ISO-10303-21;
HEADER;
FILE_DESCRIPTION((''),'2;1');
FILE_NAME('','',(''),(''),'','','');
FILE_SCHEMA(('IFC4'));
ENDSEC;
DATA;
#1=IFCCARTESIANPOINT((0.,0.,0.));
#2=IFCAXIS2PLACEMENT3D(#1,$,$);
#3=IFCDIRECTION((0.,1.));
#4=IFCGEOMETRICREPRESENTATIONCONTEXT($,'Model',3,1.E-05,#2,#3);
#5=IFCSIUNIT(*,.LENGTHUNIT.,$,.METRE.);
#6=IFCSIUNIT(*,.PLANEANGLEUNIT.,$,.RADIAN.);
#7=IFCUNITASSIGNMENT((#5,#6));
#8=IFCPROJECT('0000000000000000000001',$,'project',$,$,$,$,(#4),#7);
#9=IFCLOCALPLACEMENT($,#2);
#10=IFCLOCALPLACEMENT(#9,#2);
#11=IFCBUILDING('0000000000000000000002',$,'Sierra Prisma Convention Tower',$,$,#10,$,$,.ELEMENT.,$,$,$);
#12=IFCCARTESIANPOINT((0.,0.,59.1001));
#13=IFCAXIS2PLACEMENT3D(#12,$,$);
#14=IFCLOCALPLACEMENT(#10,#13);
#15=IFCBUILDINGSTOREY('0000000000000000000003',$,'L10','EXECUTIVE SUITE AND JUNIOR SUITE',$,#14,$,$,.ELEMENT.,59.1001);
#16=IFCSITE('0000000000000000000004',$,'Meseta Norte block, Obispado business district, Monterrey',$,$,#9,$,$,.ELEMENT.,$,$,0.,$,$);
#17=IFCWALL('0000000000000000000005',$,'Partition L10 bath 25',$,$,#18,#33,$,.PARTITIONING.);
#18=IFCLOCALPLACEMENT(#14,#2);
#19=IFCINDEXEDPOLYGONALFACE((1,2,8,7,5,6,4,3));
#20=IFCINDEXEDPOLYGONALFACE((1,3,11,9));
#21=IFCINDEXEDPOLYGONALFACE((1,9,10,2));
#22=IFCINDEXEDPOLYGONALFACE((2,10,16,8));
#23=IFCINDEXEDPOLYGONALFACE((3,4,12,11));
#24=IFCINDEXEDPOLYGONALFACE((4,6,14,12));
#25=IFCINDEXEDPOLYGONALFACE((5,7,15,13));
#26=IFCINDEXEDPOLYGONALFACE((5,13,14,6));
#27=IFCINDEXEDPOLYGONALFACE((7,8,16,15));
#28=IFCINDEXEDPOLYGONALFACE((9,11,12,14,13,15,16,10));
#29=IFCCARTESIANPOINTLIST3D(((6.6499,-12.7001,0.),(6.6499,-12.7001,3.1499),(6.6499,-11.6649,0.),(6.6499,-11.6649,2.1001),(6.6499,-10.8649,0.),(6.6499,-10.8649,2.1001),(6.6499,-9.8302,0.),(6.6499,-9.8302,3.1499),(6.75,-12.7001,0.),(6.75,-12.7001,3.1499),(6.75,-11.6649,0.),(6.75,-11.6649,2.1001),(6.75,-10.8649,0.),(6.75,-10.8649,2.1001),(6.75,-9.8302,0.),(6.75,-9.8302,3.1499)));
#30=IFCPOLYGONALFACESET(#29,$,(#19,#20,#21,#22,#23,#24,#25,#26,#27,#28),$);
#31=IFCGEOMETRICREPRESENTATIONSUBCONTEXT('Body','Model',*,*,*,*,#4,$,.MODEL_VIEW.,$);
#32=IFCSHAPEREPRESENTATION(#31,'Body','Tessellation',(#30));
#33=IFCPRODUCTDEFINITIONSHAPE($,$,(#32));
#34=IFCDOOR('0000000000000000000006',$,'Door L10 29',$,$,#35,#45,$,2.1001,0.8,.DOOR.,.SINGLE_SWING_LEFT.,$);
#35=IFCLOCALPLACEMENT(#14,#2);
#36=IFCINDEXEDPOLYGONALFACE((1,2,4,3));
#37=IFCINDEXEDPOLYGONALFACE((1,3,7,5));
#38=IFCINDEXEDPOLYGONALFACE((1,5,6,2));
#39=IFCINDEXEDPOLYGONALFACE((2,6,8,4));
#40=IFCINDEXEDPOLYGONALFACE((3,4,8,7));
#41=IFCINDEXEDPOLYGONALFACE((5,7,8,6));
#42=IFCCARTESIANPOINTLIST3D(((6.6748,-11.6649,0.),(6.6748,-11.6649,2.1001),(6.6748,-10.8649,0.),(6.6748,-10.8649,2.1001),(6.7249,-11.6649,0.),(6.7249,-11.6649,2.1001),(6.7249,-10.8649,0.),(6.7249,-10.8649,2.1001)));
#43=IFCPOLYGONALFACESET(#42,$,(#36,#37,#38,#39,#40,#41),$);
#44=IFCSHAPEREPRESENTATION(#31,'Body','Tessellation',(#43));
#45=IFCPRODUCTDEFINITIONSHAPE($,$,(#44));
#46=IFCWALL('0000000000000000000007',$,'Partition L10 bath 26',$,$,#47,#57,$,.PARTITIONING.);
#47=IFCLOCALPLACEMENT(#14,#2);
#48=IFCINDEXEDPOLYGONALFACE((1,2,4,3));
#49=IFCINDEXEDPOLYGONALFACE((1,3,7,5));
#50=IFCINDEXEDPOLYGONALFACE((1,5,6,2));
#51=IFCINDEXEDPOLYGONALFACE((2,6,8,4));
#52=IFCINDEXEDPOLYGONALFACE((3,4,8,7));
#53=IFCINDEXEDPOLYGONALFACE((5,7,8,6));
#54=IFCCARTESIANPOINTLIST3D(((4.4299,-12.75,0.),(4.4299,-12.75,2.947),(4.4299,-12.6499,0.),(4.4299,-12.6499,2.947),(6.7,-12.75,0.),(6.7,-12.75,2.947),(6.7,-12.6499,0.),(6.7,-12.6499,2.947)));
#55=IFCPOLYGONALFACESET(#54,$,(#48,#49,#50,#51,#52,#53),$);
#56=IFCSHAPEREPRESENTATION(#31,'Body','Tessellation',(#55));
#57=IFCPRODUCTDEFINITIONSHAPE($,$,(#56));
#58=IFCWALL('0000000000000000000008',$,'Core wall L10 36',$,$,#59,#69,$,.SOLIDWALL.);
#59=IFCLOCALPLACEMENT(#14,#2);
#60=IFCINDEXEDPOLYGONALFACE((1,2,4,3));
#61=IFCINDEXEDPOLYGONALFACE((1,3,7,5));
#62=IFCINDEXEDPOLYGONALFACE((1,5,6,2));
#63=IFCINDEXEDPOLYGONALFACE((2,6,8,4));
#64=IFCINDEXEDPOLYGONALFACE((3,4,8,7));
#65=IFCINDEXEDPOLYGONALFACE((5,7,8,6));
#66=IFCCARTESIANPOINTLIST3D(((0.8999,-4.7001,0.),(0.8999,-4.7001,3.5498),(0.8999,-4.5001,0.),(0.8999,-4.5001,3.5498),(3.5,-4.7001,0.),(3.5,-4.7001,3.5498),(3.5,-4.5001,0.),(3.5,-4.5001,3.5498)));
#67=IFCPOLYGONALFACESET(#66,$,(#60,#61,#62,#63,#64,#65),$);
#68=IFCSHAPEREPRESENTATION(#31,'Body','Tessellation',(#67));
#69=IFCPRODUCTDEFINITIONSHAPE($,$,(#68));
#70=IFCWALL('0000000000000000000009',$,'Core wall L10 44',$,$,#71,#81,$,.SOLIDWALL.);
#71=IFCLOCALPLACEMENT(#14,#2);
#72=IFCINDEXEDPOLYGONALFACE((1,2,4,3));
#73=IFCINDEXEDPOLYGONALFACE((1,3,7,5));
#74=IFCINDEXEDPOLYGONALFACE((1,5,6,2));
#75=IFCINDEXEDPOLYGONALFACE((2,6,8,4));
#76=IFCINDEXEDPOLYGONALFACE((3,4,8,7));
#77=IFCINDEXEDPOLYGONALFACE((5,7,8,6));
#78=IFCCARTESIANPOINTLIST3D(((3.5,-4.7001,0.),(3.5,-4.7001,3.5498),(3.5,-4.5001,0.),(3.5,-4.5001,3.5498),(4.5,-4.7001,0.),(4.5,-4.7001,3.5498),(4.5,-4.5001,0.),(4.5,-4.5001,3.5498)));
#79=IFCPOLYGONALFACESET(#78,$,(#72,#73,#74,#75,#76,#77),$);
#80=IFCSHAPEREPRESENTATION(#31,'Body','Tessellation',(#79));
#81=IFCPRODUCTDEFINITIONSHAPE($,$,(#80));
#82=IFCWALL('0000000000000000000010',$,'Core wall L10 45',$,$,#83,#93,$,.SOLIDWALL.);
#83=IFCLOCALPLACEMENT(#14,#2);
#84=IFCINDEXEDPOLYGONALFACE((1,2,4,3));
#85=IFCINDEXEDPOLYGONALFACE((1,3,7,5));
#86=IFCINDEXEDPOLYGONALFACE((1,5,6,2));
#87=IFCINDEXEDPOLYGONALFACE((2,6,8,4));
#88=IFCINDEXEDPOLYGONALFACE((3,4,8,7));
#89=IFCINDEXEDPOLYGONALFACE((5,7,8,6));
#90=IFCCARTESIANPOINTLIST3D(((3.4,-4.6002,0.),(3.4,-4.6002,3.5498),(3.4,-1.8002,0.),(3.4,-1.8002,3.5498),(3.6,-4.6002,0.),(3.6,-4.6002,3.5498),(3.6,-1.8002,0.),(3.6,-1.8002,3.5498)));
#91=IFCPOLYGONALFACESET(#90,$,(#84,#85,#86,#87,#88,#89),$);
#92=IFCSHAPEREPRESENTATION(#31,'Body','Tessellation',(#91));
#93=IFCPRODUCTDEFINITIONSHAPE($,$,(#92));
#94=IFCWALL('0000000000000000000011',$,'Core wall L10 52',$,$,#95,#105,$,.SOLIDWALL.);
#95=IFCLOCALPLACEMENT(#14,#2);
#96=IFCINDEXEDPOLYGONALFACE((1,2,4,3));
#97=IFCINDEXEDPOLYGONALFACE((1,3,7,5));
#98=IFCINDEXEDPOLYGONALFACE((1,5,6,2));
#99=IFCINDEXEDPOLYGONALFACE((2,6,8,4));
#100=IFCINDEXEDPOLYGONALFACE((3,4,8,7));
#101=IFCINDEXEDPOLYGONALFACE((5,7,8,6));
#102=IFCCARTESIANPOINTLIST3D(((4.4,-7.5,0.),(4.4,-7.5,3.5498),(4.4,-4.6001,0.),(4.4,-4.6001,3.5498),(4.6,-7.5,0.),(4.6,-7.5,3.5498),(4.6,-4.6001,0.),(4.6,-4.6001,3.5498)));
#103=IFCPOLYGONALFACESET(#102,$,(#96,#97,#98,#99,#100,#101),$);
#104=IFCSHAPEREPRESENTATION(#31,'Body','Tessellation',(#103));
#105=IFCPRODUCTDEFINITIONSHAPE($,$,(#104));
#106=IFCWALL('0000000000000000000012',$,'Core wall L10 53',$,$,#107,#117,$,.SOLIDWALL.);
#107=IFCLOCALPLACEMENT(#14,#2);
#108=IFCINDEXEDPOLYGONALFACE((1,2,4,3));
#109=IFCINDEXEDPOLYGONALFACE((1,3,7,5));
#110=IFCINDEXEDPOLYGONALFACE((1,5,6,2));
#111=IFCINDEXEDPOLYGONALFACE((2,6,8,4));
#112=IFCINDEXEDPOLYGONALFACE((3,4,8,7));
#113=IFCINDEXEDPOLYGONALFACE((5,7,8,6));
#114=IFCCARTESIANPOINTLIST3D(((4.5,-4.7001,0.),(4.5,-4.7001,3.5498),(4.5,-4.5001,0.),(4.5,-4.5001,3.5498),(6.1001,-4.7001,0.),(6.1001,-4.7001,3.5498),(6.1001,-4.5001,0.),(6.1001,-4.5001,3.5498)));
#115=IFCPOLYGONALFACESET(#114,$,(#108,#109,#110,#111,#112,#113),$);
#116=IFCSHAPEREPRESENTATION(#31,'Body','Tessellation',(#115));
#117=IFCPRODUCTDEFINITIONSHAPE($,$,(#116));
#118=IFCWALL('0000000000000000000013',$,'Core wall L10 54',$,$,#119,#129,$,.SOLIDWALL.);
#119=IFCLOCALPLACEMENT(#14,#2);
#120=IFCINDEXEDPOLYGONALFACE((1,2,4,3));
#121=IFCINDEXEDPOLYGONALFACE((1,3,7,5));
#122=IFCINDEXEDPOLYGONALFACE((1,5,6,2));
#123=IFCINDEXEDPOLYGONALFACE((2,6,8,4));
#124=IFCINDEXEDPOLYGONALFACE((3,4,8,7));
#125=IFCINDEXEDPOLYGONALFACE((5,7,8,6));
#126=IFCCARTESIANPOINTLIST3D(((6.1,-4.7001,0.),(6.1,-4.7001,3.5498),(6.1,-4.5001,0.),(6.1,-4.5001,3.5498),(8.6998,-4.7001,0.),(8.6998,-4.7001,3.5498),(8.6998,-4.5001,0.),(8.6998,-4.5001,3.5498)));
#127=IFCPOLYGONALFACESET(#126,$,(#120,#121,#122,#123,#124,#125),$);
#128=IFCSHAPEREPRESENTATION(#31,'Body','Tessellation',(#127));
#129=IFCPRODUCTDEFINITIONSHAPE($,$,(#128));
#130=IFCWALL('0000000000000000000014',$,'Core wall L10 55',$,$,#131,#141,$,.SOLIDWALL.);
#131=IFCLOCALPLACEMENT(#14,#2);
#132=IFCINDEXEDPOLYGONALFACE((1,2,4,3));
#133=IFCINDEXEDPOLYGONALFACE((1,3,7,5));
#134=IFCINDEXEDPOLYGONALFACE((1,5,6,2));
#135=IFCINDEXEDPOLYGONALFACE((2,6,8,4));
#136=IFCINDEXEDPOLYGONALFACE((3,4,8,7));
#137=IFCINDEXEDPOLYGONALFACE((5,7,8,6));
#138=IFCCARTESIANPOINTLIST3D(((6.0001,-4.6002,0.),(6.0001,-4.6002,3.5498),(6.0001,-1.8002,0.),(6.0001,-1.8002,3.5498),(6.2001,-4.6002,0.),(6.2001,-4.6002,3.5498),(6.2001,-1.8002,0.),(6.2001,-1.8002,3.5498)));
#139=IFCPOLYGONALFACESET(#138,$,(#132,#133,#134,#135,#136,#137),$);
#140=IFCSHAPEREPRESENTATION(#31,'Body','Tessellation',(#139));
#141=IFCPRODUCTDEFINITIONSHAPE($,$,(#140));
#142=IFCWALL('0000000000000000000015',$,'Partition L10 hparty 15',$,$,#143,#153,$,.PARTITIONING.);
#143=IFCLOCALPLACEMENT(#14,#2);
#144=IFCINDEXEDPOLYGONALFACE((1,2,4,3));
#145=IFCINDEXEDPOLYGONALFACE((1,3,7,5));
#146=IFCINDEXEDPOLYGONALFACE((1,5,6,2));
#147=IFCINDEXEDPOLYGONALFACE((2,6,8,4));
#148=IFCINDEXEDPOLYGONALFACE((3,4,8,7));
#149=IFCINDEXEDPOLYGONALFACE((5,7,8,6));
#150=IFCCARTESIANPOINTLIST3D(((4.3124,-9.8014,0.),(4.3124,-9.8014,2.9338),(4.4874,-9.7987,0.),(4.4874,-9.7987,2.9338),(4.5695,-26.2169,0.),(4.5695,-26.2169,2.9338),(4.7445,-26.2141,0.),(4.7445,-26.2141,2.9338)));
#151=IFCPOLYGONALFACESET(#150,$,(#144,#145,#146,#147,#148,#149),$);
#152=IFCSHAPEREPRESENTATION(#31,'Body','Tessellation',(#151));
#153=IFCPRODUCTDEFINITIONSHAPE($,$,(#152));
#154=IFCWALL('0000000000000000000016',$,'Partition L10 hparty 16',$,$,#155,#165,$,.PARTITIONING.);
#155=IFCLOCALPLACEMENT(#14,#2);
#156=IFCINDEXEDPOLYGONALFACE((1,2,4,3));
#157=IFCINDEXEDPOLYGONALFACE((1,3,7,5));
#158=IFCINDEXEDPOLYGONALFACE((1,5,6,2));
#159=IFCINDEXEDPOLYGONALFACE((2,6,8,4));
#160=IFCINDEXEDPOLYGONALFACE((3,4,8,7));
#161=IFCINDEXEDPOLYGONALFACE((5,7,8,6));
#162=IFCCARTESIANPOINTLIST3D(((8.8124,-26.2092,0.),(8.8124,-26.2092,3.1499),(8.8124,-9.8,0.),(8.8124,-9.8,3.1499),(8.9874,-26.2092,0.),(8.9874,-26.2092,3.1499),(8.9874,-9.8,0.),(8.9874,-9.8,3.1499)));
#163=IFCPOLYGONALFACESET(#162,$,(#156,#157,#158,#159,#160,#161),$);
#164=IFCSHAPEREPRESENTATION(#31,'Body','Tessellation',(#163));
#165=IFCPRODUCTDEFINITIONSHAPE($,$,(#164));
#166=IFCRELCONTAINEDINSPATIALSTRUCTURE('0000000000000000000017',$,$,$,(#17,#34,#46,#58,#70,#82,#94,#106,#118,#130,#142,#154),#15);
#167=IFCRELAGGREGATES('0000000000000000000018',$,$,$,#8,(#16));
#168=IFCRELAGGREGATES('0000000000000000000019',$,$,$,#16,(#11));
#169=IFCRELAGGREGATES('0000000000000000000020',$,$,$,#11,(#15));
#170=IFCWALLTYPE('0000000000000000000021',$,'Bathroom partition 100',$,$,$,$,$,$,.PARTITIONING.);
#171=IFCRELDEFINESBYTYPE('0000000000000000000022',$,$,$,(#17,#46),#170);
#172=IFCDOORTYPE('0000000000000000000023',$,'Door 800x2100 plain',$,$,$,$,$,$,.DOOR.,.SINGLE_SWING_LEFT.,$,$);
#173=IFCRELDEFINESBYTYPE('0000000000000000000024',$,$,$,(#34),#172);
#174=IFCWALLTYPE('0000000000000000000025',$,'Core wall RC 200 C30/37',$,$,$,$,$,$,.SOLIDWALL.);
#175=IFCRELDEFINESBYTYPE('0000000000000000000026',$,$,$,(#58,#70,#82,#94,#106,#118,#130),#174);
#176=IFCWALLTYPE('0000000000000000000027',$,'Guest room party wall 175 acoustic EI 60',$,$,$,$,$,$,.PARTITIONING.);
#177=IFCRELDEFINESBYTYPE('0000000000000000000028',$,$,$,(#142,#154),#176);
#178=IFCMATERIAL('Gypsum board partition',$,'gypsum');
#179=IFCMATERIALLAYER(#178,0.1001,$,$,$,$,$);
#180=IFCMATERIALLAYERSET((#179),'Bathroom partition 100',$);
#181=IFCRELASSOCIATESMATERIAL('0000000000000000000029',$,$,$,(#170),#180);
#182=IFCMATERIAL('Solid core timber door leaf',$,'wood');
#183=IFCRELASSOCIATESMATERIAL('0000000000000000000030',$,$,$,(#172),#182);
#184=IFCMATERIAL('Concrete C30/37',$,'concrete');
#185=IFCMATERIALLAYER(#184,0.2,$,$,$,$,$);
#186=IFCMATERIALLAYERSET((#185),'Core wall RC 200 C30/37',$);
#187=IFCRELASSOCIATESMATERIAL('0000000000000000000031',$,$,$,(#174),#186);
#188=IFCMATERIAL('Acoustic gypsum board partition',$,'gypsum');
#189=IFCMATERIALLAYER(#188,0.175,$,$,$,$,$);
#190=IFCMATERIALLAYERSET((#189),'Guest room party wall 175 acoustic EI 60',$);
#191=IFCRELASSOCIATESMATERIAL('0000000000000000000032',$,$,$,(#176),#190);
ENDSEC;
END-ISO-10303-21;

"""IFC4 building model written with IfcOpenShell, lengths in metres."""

from ifc_helpers import new_model, si_unit, direction, frame, frame_2d, origin, place, context, subcontext, project, spatial, rectangle, extrude, material, layer, layer_set, type_object, element, fill, save


model = new_model("IFC4")

# Units and contexts
model_context = context("Model", 3, precision=1e-05, world=origin(), true_north=direction((0.0, 1.0)))
body_context = subcontext(model_context, "Body", "Model", "MODEL_VIEW")
ifc_project = project(units=[si_unit("LENGTHUNIT", "METRE"), si_unit("PLANEANGLEUNIT", "RADIAN")], contexts=[model_context])

# Site, building, storey
site_placement = place(None, origin())
site = spatial("IfcSite", under=ifc_project, at=site_placement, Name="Meseta Norte block, Obispado business district, Monterrey", CompositionType="ELEMENT", RefElevation=0.0)
building_placement = place(site_placement, origin())
building = spatial("IfcBuilding", under=site, at=building_placement, Name="Sierra Prisma Convention Tower", CompositionType="ELEMENT")
storey_placement = place(building_placement, frame((0.0, 0.0, 59.1001)))
storey = spatial("IfcBuildingStorey", under=building, at=storey_placement, Name="L10", Description="EXECUTIVE SUITE AND JUNIOR SUITE", CompositionType="ELEMENT", Elevation=59.1001)

# Wall, opening, door
ifc_material_1 = material(Name="Gypsum board partition", Category="gypsum")
ifc_layer_1 = layer(ifc_material_1, 0.1001)
ifc_layer_set_1 = layer_set([ifc_layer_1], Name="Bathroom partition 100")
wall_type_1 = type_object("IfcWallType", Name="Bathroom partition 100", PredefinedType="PARTITIONING", material=ifc_layer_set_1)
wall_1_placement = place(storey_placement, frame((6.7, -9.8301, 0.0), z_axis=(0.0, 0.0, 1.0), x_axis=(0.0, -1.0, 0.0)))
wall_1 = element("IfcWall", 1, at=wall_1_placement, inside=storey, type_object=wall_type_1, Name="Partition L10 bath 25", PredefinedType="PARTITIONING", context=body_context, shape_type="SweptSolid", body=[
    extrude(rectangle(XDim=2.8699, YDim=0.1001, at=frame_2d((1.4351, 0.0))), origin(), (0.0, 0.0, 1.0), 3.1499),
])
opening_1_placement = place(wall_1_placement, frame((1.0349, 0.0, 0.0)))
opening_1 = element("IfcOpeningElement", 2, at=opening_1_placement, cuts=wall_1, PredefinedType="OPENING", context=body_context, shape_type="SweptSolid", body=[
    extrude(rectangle(XDim=0.8, YDim=2.1001, at=frame_2d((0.3999, 1.05))), frame((0.0, 0.05, 0.0), z_axis=(0.0, -1.0, 0.0), x_axis=(1.0, 0.0, 0.0)), (0.0, 0.0, 1.0), 0.1001),
])
ifc_material_2 = material(Name="Solid core timber door leaf", Category="wood")
door_type_1 = type_object("IfcDoorType", Name="Door 800x2100 plain", OperationType="SINGLE_SWING_LEFT", PredefinedType="DOOR", material=ifc_material_2)
door_1_placement = place(opening_1_placement, origin())
door_1 = element("IfcDoor", 3, at=door_1_placement, inside=storey, type_object=door_type_1, Name="Door L10 29", OperationType="SINGLE_SWING_LEFT", OverallHeight=2.1001, OverallWidth=0.8, PredefinedType="DOOR", context=body_context, shape_type="SweptSolid", body=[
    extrude(rectangle(XDim=0.8, YDim=2.1001, at=frame_2d((0.3999, 1.05))), frame((0.0, 0.0249, 0.0), z_axis=(0.0, -1.0, 0.0), x_axis=(1.0, 0.0, 0.0)), (0.0, 0.0, 1.0), 0.05),
])
fill(opening_1, door_1)

# Walls
wall_2_placement = place(storey_placement, frame((6.7, -12.7, 0.0), z_axis=(0.0, 0.0, 1.0), x_axis=(-1.0, 0.0, 0.0)))
element("IfcWall", 4, at=wall_2_placement, inside=storey, type_object=wall_type_1, Name="Partition L10 bath 26", PredefinedType="PARTITIONING", context=body_context, shape_type="SweptSolid", body=[
    extrude(rectangle(XDim=2.27, YDim=0.1001, at=frame_2d((1.135, 0.0))), origin(), (0.0, 0.0, 1.0), 2.947),
])
ifc_material_3 = material(Name="Concrete C30/37", Category="concrete")
ifc_layer_2 = layer(ifc_material_3, 0.2)
ifc_layer_set_2 = layer_set([ifc_layer_2], Name="Core wall RC 200 C30/37")
wall_type_2 = type_object("IfcWallType", Name="Core wall RC 200 C30/37", PredefinedType="SOLIDWALL", material=ifc_layer_set_2)
wall_3_placement = place(storey_placement, frame((3.5, -4.6001, 0.0), z_axis=(0.0, 0.0, 1.0), x_axis=(-1.0, 0.0, 0.0)))
element("IfcWall", 5, at=wall_3_placement, inside=storey, type_object=wall_type_2, Name="Core wall L10 36", PredefinedType="SOLIDWALL", context=body_context, shape_type="SweptSolid", body=[
    extrude(rectangle(XDim=2.6001, YDim=0.2, at=frame_2d((1.3, 0.0))), origin(), (0.0, 0.0, 1.0), 3.5498),
])
wall_4_placement = place(storey_placement, frame((4.5, -4.6001, 0.0), z_axis=(0.0, 0.0, 1.0), x_axis=(-1.0, 0.0, 0.0)))
element("IfcWall", 6, at=wall_4_placement, inside=storey, type_object=wall_type_2, Name="Core wall L10 44", PredefinedType="SOLIDWALL", context=body_context, shape_type="SweptSolid", body=[
    extrude(rectangle(XDim=1.0, YDim=0.2, at=frame_2d((0.5, 0.0))), origin(), (0.0, 0.0, 1.0), 3.5498),
])
wall_5_placement = place(storey_placement, frame((3.5, -4.6001, 0.0), z_axis=(0.0, 0.0, 1.0), x_axis=(0.0, 1.0, 0.0)))
element("IfcWall", 7, at=wall_5_placement, inside=storey, type_object=wall_type_2, Name="Core wall L10 45", PredefinedType="SOLIDWALL", context=body_context, shape_type="SweptSolid", body=[
    extrude(rectangle(XDim=2.8, YDim=0.2, at=frame_2d((1.3999, 0.0))), origin(), (0.0, 0.0, 1.0), 3.5498),
])
wall_6_placement = place(storey_placement, frame((4.5, -7.5, 0.0), z_axis=(0.0, 0.0, 1.0), x_axis=(0.0, 1.0, 0.0)))
element("IfcWall", 8, at=wall_6_placement, inside=storey, type_object=wall_type_2, Name="Core wall L10 52", PredefinedType="SOLIDWALL", context=body_context, shape_type="SweptSolid", body=[
    extrude(rectangle(XDim=2.8999, YDim=0.2, at=frame_2d((1.45, 0.0))), origin(), (0.0, 0.0, 1.0), 3.5498),
])
wall_7_placement = place(storey_placement, frame((4.5, -4.6001, 0.0), z_axis=(0.0, 0.0, 1.0), x_axis=(1.0, 0.0, 0.0)))
element("IfcWall", 9, at=wall_7_placement, inside=storey, type_object=wall_type_2, Name="Core wall L10 53", PredefinedType="SOLIDWALL", context=body_context, shape_type="SweptSolid", body=[
    extrude(rectangle(XDim=1.6001, YDim=0.2, at=frame_2d((0.8, 0.0))), origin(), (0.0, 0.0, 1.0), 3.5498),
])
wall_8_placement = place(storey_placement, frame((6.1001, -4.6001, 0.0), z_axis=(0.0, 0.0, 1.0), x_axis=(1.0, 0.0, 0.0)))
element("IfcWall", 10, at=wall_8_placement, inside=storey, type_object=wall_type_2, Name="Core wall L10 54", PredefinedType="SOLIDWALL", context=body_context, shape_type="SweptSolid", body=[
    extrude(rectangle(XDim=2.5999, YDim=0.2, at=frame_2d((1.2998, 0.0))), origin(), (0.0, 0.0, 1.0), 3.5498),
])
wall_9_placement = place(storey_placement, frame((6.1001, -4.6001, 0.0), z_axis=(0.0, 0.0, 1.0), x_axis=(0.0, 1.0, 0.0)))
element("IfcWall", 11, at=wall_9_placement, inside=storey, type_object=wall_type_2, Name="Core wall L10 55", PredefinedType="SOLIDWALL", context=body_context, shape_type="SweptSolid", body=[
    extrude(rectangle(XDim=2.8, YDim=0.2, at=frame_2d((1.3999, 0.0))), origin(), (0.0, 0.0, 1.0), 3.5498),
])

# Walls
ifc_material_4 = material(Name="Acoustic gypsum board partition", Category="gypsum")
ifc_layer_3 = layer(ifc_material_4, 0.175)
ifc_layer_set_3 = layer_set([ifc_layer_3], Name="Guest room party wall 175 acoustic EI 60")
wall_type_3 = type_object("IfcWallType", Name="Guest room party wall 175 acoustic EI 60", PredefinedType="PARTITIONING", material=ifc_layer_set_3)
wall_10_placement = place(storey_placement, frame((4.3999, -9.8, 0.0), z_axis=(0.0, 0.0, 1.0), x_axis=(0.015659, -0.999877, 0.0)))
element("IfcWall", 12, at=wall_10_placement, inside=storey, type_object=wall_type_3, Name="Partition L10 hparty 15", PredefinedType="PARTITIONING", context=body_context, shape_type="SweptSolid", body=[
    extrude(rectangle(XDim=16.4175, YDim=0.175, at=frame_2d((8.2087, 0.0))), origin(), (0.0, 0.0, 1.0), 2.9338),
])
wall_11_placement = place(storey_placement, frame((8.8999, -9.8, 0.0), z_axis=(0.0, 0.0, 1.0), x_axis=(0.0, -1.0, 0.0)))
element("IfcWall", 13, at=wall_11_placement, inside=storey, type_object=wall_type_3, Name="Partition L10 hparty 16", PredefinedType="PARTITIONING", context=body_context, shape_type="SweptSolid", body=[
    extrude(rectangle(XDim=16.4092, YDim=0.175, at=frame_2d((8.2046, 0.0))), origin(), (0.0, 0.0, 1.0), 3.1499),
])

save(model, "model.ifc")
